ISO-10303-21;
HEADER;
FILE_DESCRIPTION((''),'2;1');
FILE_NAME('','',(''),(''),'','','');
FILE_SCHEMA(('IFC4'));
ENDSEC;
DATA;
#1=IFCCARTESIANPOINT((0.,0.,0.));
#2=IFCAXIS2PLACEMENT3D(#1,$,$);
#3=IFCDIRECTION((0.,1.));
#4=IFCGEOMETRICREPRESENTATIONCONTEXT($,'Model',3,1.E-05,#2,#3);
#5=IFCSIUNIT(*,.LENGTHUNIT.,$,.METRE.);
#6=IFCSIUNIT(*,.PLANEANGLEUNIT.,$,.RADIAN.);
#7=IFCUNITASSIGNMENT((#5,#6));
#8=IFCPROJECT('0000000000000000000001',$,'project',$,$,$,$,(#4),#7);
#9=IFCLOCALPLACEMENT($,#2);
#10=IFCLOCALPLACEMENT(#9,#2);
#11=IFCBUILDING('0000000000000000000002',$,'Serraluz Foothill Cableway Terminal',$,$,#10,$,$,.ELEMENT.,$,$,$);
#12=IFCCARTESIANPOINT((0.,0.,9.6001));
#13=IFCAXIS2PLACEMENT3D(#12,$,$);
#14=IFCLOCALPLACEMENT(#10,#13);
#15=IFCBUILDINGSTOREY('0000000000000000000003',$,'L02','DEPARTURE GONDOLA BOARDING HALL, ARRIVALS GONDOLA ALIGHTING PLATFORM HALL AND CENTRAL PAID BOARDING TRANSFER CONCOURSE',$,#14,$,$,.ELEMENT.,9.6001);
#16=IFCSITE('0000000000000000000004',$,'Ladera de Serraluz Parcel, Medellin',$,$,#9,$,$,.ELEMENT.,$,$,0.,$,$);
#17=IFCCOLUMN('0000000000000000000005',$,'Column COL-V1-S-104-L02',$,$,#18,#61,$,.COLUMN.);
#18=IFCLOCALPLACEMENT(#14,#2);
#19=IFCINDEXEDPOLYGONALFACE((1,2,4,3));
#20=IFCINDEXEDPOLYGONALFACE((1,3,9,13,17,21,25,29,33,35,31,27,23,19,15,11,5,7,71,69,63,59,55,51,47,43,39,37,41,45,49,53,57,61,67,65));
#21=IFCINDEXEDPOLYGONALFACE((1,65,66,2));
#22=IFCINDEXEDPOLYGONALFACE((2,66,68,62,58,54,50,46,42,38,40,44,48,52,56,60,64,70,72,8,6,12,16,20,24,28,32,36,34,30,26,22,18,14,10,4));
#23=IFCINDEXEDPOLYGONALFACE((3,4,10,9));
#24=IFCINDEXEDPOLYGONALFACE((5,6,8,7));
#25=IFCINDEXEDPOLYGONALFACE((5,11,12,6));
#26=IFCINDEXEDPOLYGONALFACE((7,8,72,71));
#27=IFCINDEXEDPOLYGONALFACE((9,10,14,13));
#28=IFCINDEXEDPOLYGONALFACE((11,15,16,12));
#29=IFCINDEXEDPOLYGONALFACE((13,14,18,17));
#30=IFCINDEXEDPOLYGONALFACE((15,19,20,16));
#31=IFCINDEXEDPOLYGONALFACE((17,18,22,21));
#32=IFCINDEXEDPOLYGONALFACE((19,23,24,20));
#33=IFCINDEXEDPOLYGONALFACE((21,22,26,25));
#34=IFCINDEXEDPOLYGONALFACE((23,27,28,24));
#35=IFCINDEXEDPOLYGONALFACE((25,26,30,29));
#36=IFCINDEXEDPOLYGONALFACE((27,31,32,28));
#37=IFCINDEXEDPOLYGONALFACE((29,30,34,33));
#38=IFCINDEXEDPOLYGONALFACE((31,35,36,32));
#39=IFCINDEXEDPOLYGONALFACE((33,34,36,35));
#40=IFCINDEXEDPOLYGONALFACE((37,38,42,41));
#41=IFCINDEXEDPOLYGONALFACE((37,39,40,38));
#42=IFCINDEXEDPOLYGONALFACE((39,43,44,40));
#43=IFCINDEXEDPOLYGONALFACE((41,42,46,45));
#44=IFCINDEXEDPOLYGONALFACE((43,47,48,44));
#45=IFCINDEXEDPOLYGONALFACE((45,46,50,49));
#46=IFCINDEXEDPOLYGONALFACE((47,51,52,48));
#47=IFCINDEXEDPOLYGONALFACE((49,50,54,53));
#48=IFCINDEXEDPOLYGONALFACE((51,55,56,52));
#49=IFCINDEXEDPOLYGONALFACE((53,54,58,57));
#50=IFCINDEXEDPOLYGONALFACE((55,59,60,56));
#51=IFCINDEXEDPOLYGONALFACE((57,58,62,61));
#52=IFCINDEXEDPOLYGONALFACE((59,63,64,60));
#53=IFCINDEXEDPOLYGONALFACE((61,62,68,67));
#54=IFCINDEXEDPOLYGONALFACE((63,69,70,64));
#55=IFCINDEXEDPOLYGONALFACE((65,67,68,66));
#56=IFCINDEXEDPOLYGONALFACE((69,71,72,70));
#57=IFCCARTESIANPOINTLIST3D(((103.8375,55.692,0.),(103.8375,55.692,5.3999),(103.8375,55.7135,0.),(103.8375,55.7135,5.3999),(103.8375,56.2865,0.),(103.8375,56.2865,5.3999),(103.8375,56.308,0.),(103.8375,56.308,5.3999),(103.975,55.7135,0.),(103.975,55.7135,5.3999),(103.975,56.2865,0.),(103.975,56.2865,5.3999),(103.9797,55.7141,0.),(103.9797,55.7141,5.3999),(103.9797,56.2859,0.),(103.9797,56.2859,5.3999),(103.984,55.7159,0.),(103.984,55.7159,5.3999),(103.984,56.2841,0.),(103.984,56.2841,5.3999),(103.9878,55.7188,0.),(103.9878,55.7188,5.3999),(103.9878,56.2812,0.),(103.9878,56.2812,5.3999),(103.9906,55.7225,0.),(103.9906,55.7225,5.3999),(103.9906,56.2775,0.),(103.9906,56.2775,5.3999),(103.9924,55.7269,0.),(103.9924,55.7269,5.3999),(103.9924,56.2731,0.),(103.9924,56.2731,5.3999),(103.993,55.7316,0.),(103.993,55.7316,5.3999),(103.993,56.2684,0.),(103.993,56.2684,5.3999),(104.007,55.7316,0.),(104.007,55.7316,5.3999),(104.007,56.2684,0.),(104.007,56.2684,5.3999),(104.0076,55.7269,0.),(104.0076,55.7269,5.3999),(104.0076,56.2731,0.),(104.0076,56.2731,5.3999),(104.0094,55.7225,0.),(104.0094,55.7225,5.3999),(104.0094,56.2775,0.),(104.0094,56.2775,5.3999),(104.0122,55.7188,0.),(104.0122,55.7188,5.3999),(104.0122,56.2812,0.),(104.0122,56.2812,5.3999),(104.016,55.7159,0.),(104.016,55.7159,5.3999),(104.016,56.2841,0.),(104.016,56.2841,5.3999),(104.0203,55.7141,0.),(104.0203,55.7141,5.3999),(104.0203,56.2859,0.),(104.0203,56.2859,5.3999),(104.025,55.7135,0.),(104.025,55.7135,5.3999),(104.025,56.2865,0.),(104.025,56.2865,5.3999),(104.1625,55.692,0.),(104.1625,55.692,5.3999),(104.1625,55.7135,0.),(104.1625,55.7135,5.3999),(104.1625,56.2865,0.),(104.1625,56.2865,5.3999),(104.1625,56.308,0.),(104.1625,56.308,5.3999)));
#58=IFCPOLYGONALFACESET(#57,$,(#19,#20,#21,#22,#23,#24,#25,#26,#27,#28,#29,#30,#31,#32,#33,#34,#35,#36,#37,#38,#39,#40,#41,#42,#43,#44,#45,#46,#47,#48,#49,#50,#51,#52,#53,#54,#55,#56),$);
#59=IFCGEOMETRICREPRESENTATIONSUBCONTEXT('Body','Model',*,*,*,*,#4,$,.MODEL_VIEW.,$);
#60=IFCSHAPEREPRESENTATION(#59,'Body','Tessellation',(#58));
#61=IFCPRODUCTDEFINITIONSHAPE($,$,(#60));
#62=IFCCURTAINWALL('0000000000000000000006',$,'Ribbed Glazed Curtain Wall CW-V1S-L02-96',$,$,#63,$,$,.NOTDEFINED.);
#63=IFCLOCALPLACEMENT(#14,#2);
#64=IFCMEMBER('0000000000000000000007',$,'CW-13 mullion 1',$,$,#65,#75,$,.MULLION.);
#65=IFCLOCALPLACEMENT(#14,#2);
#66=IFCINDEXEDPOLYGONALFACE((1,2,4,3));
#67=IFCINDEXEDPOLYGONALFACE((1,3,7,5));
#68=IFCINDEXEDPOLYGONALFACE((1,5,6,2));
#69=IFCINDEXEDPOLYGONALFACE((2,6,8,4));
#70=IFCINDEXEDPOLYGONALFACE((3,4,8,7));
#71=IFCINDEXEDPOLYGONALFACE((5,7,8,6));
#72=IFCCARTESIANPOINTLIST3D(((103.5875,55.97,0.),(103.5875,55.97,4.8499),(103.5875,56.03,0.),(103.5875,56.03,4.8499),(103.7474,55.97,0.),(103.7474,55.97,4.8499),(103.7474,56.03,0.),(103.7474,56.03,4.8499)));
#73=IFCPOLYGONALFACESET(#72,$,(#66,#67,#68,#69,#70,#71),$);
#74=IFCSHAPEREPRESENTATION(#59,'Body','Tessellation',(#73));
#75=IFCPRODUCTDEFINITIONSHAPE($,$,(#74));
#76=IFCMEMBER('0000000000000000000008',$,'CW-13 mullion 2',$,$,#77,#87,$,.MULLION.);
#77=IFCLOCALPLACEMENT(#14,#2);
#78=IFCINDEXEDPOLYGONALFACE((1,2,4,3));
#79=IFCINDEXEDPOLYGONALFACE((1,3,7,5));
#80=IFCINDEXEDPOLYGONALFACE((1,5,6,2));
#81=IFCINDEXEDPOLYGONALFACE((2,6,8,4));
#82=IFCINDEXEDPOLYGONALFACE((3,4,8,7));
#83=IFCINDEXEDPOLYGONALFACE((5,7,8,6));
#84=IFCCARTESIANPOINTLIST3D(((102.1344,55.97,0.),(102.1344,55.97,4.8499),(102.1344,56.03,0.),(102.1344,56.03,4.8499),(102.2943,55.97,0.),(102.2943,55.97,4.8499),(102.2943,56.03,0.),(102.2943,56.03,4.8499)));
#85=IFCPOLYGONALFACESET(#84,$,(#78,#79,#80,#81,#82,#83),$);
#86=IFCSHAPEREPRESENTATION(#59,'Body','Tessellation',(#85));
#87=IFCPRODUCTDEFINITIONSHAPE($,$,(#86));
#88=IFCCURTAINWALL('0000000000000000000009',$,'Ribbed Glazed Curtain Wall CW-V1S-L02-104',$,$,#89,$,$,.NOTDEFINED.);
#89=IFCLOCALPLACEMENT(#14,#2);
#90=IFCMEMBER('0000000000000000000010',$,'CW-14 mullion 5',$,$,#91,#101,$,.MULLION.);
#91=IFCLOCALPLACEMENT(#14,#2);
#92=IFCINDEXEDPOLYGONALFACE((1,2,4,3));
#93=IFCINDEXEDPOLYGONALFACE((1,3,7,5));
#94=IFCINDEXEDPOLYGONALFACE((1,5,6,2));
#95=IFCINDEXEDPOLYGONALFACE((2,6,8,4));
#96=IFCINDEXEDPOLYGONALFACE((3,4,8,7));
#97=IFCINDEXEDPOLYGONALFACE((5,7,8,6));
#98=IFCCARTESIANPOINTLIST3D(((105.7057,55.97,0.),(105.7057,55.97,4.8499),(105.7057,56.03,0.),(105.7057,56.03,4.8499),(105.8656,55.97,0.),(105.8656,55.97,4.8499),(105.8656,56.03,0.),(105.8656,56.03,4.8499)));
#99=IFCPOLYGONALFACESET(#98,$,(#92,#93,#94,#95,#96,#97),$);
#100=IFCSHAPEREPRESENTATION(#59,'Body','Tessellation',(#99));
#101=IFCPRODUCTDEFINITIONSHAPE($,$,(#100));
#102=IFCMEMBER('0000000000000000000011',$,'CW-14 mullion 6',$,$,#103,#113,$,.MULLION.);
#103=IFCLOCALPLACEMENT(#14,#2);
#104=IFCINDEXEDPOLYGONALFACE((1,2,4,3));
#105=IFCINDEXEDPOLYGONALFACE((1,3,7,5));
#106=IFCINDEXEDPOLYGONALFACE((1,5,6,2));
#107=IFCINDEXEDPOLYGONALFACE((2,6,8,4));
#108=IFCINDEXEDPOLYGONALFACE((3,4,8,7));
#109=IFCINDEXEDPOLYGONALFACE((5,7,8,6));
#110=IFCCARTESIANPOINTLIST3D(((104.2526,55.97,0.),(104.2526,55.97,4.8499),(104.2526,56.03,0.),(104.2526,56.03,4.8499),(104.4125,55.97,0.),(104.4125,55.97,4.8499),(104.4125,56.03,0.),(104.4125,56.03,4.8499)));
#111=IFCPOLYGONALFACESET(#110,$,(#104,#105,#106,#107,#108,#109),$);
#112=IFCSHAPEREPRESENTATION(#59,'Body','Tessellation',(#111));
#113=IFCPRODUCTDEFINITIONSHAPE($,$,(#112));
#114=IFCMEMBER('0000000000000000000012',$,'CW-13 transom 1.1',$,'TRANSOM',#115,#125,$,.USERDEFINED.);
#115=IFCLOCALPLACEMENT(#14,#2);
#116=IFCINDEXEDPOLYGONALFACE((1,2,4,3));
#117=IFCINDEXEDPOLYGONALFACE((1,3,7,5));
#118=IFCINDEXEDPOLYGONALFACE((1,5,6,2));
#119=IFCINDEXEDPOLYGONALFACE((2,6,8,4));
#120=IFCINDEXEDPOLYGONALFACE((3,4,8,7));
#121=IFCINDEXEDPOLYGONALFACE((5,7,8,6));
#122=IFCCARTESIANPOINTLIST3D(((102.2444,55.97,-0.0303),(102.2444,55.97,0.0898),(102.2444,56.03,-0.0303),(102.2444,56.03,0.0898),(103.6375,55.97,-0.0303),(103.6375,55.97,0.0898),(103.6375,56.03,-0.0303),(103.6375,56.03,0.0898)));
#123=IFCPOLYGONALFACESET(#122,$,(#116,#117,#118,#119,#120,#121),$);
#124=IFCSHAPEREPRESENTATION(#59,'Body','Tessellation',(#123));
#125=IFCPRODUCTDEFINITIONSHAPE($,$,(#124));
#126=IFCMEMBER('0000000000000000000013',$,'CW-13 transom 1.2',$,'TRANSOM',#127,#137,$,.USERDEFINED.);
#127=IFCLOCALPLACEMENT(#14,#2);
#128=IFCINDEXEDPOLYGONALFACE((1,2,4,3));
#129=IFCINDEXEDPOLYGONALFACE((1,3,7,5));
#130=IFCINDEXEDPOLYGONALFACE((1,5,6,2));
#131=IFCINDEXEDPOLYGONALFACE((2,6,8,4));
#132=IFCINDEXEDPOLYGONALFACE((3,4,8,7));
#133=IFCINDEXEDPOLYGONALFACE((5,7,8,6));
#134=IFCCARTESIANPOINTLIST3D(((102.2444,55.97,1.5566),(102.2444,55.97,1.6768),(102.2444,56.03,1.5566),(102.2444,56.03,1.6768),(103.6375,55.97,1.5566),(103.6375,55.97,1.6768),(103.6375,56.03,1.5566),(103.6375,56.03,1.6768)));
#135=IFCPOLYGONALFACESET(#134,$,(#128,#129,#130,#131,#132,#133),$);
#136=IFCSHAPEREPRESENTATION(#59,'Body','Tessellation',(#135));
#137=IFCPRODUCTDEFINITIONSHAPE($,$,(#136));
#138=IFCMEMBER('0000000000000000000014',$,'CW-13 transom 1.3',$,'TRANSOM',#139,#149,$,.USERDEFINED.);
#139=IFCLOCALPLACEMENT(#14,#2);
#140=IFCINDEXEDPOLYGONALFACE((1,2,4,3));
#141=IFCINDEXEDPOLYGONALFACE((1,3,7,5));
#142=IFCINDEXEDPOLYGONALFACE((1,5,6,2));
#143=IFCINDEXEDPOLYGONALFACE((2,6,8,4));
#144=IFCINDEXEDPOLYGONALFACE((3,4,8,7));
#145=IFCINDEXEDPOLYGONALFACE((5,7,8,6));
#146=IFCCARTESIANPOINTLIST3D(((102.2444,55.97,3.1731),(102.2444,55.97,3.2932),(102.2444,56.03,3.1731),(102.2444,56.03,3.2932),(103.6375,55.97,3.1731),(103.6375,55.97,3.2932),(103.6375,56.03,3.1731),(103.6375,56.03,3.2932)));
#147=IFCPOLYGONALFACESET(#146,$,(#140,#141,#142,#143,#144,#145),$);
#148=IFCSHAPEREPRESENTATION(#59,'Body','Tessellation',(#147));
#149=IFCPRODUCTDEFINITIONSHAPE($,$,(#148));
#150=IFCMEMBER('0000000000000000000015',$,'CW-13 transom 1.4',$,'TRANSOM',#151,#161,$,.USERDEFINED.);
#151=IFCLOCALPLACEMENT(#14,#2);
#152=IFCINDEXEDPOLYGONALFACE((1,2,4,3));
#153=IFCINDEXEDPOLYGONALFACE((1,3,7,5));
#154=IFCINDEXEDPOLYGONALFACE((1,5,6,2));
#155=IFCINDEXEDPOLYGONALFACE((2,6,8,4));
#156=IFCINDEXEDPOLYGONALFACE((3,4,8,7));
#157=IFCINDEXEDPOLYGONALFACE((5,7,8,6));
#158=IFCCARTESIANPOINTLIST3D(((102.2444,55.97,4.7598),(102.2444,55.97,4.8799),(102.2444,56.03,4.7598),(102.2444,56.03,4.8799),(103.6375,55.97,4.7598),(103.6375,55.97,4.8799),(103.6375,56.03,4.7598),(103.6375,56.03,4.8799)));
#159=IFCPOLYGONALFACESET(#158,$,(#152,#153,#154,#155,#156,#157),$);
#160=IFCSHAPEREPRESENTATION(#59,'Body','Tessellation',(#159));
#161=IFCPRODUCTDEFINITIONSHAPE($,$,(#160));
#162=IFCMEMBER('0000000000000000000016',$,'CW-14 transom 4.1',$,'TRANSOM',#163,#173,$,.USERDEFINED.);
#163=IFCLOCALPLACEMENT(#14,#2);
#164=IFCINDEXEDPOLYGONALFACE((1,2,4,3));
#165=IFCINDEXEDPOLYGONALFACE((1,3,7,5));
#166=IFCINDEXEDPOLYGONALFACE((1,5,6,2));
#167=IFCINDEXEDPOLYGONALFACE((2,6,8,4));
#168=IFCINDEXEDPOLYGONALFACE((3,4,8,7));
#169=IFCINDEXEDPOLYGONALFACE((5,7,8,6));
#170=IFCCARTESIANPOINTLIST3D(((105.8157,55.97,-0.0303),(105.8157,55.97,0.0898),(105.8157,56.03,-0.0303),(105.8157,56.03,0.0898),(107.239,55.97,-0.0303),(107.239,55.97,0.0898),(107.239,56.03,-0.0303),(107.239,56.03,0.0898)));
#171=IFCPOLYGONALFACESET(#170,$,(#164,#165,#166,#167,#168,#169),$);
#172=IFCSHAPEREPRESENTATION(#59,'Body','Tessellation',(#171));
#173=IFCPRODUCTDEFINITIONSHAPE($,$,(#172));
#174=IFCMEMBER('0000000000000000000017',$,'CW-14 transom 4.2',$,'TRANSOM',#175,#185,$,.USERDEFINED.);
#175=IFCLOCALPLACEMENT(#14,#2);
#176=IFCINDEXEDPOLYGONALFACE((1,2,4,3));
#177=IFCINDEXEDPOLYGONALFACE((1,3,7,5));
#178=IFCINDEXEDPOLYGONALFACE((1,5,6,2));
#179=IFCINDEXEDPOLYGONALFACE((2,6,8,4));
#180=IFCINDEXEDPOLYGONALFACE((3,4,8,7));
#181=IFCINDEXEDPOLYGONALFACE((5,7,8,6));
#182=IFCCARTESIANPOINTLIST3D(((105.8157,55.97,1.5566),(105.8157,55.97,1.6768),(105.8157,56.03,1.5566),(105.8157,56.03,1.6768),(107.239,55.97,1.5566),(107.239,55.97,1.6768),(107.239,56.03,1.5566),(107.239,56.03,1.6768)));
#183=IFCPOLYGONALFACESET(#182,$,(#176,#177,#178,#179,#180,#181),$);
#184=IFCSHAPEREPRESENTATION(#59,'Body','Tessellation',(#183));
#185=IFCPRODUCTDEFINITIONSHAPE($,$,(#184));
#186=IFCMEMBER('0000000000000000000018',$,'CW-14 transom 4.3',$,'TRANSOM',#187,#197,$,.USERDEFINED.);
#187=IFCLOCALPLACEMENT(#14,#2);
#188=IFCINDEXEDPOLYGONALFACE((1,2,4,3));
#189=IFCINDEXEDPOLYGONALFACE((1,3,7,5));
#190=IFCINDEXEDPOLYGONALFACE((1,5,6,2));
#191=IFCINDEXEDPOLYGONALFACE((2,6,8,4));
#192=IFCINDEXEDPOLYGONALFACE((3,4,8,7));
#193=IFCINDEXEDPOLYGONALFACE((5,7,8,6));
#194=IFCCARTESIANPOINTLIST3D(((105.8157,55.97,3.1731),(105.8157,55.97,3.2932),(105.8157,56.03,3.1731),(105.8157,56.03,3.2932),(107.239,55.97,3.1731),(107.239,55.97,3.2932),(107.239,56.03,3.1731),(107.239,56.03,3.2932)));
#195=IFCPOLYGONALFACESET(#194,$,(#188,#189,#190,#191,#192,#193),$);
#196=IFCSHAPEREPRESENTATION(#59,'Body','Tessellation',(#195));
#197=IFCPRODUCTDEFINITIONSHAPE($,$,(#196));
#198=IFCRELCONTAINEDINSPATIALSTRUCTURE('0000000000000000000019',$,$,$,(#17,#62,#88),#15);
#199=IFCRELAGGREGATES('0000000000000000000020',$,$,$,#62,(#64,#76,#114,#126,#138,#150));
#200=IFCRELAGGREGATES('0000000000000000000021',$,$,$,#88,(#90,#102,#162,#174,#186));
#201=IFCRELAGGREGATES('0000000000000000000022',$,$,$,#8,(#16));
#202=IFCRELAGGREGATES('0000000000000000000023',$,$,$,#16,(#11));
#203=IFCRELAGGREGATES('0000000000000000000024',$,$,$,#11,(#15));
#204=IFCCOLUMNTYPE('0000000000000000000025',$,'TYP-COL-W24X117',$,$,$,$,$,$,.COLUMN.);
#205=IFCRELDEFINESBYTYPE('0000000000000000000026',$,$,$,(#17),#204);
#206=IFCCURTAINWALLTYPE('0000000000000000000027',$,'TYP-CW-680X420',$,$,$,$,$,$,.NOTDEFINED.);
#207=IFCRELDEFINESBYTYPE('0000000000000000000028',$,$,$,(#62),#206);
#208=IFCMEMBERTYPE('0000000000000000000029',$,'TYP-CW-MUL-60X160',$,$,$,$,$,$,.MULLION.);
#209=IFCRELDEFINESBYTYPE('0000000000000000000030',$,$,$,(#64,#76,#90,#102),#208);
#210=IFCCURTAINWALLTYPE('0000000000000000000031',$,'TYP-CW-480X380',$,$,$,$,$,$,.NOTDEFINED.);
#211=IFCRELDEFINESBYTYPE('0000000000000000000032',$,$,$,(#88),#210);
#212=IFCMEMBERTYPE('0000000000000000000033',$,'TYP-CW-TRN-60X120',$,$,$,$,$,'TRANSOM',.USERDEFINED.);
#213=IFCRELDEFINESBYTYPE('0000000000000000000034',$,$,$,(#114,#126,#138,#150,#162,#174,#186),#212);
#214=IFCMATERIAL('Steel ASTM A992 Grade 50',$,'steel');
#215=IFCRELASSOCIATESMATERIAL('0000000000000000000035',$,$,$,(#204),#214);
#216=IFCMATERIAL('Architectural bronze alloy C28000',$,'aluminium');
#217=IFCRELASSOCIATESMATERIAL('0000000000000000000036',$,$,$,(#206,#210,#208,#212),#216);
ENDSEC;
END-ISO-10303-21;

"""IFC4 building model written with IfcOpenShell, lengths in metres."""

from ifc_helpers import new_model, si_unit, direction, frame, origin, origin_2d, place, context, subcontext, project, spatial, rectangle, i_section, extrude, material, material_profile, profile_set, type_object, element, aggregate, save


model = new_model("IFC4")

# Units and contexts
model_context = context("Model", 3, precision=1e-05, world=origin(), true_north=direction((0.0, 1.0)))
body_context = subcontext(model_context, "Body", "Model", "MODEL_VIEW")
ifc_project = project(units=[si_unit("LENGTHUNIT", "METRE"), si_unit("PLANEANGLEUNIT", "RADIAN")], contexts=[model_context])

# Site, building, storey
site_placement = place(None, origin())
site = spatial("IfcSite", under=ifc_project, at=site_placement, Name="Ladera de Serraluz Parcel, Medellin", CompositionType="ELEMENT", RefElevation=0.0)
building_placement = place(site_placement, origin())
building = spatial("IfcBuilding", under=site, at=building_placement, Name="Serraluz Foothill Cableway Terminal", CompositionType="ELEMENT")
storey_placement = place(building_placement, frame((0.0, 0.0, 9.6001)))
storey = spatial("IfcBuildingStorey", under=building, at=storey_placement, Name="L02", Description="DEPARTURE GONDOLA BOARDING HALL, ARRIVALS GONDOLA ALIGHTING PLATFORM HALL AND CENTRAL PAID BOARDING TRANSFER CONCOURSE", CompositionType="ELEMENT", Elevation=9.6001)

# Column
ifc_material_1 = material(Name="Steel ASTM A992 Grade 50", Category="steel")
ifc_material_profile_1 = material_profile(ifc_material_1, i_section(OverallWidth=0.325, OverallDepth=0.616, WebThickness=0.0139, FlangeThickness=0.0215, FilletRadius=0.0181, at=origin_2d()), Name="W24X117")
ifc_profile_set_1 = profile_set([ifc_material_profile_1], Name="Steel ASTM A992 Grade 50")
column_type = type_object("IfcColumnType", Name="TYP-COL-W24X117", PredefinedType="COLUMN", material=ifc_profile_set_1)
column_placement = place(storey_placement, frame((104.0, 56.0, 0.0), z_axis=(0.0, 0.0, 1.0), x_axis=(1.0, 0.0, 0.0)))
element("IfcColumn", 1, at=column_placement, inside=storey, type_object=column_type, Name="Column COL-V1-S-104-L02", PredefinedType="COLUMN", context=body_context, shape_type="SweptSolid", body=[
    extrude(i_section(OverallWidth=0.325, OverallDepth=0.616, WebThickness=0.0139, FlangeThickness=0.0215, FilletRadius=0.0181, at=origin_2d()), origin(), (0.0, 0.0, 1.0), 5.3999),
])

# Curtain walls, members
ifc_material_2 = material(Name="Architectural bronze alloy C28000", Category="aluminium")
curtain_wall_type_1 = type_object("IfcCurtainWallType", Name="TYP-CW-680X420", PredefinedType="NOTDEFINED", material=ifc_material_2)
curtain_wall_1_placement = place(storey_placement, origin())
curtain_wall_1 = element("IfcCurtainWall", 2, at=curtain_wall_1_placement, inside=storey, type_object=curtain_wall_type_1, Name="Ribbed Glazed Curtain Wall CW-V1S-L02-96", PredefinedType="NOTDEFINED")
ifc_material_profile_2 = material_profile(ifc_material_2, rectangle(XDim=0.0601, YDim=0.1599, at=origin_2d()), Name="ALU MULLION 60x160")
ifc_profile_set_2 = profile_set([ifc_material_profile_2], Name="Architectural bronze alloy C28000")
member_type_1 = type_object("IfcMemberType", Name="TYP-CW-MUL-60X160", PredefinedType="MULLION", material=ifc_profile_set_2)
member_1_placement = place(storey_placement, frame((103.6675, 56.0, 0.0), z_axis=(0.0, 0.0, 1.0), x_axis=(0.0, -1.0, 0.0)))
member_1 = element("IfcMember", 3, at=member_1_placement, type_object=member_type_1, Name="CW-13 mullion 1", PredefinedType="MULLION", context=body_context, shape_type="SweptSolid", body=[
    extrude(rectangle(XDim=0.0601, YDim=0.1599, at=origin_2d()), origin(), (0.0, 0.0, 1.0), 4.8499),
])
member_2_placement = place(storey_placement, frame((102.2144, 56.0, 0.0), z_axis=(0.0, 0.0, 1.0), x_axis=(0.0, -1.0, 0.0)))
member_2 = element("IfcMember", 4, at=member_2_placement, type_object=member_type_1, Name="CW-13 mullion 2", PredefinedType="MULLION", context=body_context, shape_type="SweptSolid", body=[
    extrude(rectangle(XDim=0.0601, YDim=0.1599, at=origin_2d()), origin(), (0.0, 0.0, 1.0), 4.8499),
])
curtain_wall_type_2 = type_object("IfcCurtainWallType", Name="TYP-CW-480X380", PredefinedType="NOTDEFINED", material=ifc_material_2)
curtain_wall_2_placement = place(storey_placement, origin())
curtain_wall_2 = element("IfcCurtainWall", 5, at=curtain_wall_2_placement, inside=storey, type_object=curtain_wall_type_2, Name="Ribbed Glazed Curtain Wall CW-V1S-L02-104", PredefinedType="NOTDEFINED")
member_3_placement = place(storey_placement, frame((105.7856, 56.0, 0.0), z_axis=(0.0, 0.0, 1.0), x_axis=(0.0, -1.0, 0.0)))
member_3 = element("IfcMember", 6, at=member_3_placement, type_object=member_type_1, Name="CW-14 mullion 5", PredefinedType="MULLION", context=body_context, shape_type="SweptSolid", body=[
    extrude(rectangle(XDim=0.0601, YDim=0.1599, at=origin_2d()), origin(), (0.0, 0.0, 1.0), 4.8499),
])
member_4_placement = place(storey_placement, frame((104.3325, 56.0, 0.0), z_axis=(0.0, 0.0, 1.0), x_axis=(0.0, -1.0, 0.0)))
member_4 = element("IfcMember", 7, at=member_4_placement, type_object=member_type_1, Name="CW-14 mullion 6", PredefinedType="MULLION", context=body_context, shape_type="SweptSolid", body=[
    extrude(rectangle(XDim=0.0601, YDim=0.1599, at=origin_2d()), origin(), (0.0, 0.0, 1.0), 4.8499),
])

# Members
ifc_material_profile_3 = material_profile(ifc_material_2, rectangle(XDim=0.0601, YDim=0.1201, at=origin_2d()), Name="ALU TRANSOM 60x120")
ifc_profile_set_3 = profile_set([ifc_material_profile_3], Name="Architectural bronze alloy C28000")
member_type_2 = type_object("IfcMemberType", Name="TYP-CW-TRN-60X120", ElementType="TRANSOM", PredefinedType="USERDEFINED", material=ifc_profile_set_3)
member_5_placement = place(storey_placement, frame((103.6375, 56.0, 0.0298), z_axis=(-1.0, 0.0, 0.0), x_axis=(0.0, -1.0, 0.0)))
member_5 = element("IfcMember", 8, at=member_5_placement, type_object=member_type_2, Name="CW-13 transom 1.1", ObjectType="TRANSOM", PredefinedType="USERDEFINED", context=body_context, shape_type="SweptSolid", body=[
    extrude(rectangle(XDim=0.0601, YDim=0.1201, at=origin_2d()), origin(), (0.0, 0.0, 1.0), 1.3931),
])
member_6_placement = place(storey_placement, frame((103.6375, 56.0, 1.6167), z_axis=(-1.0, 0.0, 0.0), x_axis=(0.0, -1.0, 0.0)))
member_6 = element("IfcMember", 9, at=member_6_placement, type_object=member_type_2, Name="CW-13 transom 1.2", ObjectType="TRANSOM", PredefinedType="USERDEFINED", context=body_context, shape_type="SweptSolid", body=[
    extrude(rectangle(XDim=0.0601, YDim=0.1201, at=origin_2d()), origin(), (0.0, 0.0, 1.0), 1.3931),
])
member_7_placement = place(storey_placement, frame((103.6375, 56.0, 3.2332), z_axis=(-1.0, 0.0, 0.0), x_axis=(0.0, -1.0, 0.0)))
member_7 = element("IfcMember", 10, at=member_7_placement, type_object=member_type_2, Name="CW-13 transom 1.3", ObjectType="TRANSOM", PredefinedType="USERDEFINED", context=body_context, shape_type="SweptSolid", body=[
    extrude(rectangle(XDim=0.0601, YDim=0.1201, at=origin_2d()), origin(), (0.0, 0.0, 1.0), 1.3931),
])
member_8_placement = place(storey_placement, frame((103.6375, 56.0, 4.8198), z_axis=(-1.0, 0.0, 0.0), x_axis=(0.0, -1.0, 0.0)))
member_8 = element("IfcMember", 11, at=member_8_placement, type_object=member_type_2, Name="CW-13 transom 1.4", ObjectType="TRANSOM", PredefinedType="USERDEFINED", context=body_context, shape_type="SweptSolid", body=[
    extrude(rectangle(XDim=0.0601, YDim=0.1201, at=origin_2d()), origin(), (0.0, 0.0, 1.0), 1.3931),
])
member_9_placement = place(storey_placement, frame((107.239, 56.0, 0.0298), z_axis=(-1.0, 0.0, 0.0), x_axis=(0.0, -1.0, 0.0)))
member_9 = element("IfcMember", 12, at=member_9_placement, type_object=member_type_2, Name="CW-14 transom 4.1", ObjectType="TRANSOM", PredefinedType="USERDEFINED", context=body_context, shape_type="SweptSolid", body=[
    extrude(rectangle(XDim=0.0601, YDim=0.1201, at=origin_2d()), origin(), (0.0, 0.0, 1.0), 1.4233),
])
member_10_placement = place(storey_placement, frame((107.239, 56.0, 1.6167), z_axis=(-1.0, 0.0, 0.0), x_axis=(0.0, -1.0, 0.0)))
member_10 = element("IfcMember", 13, at=member_10_placement, type_object=member_type_2, Name="CW-14 transom 4.2", ObjectType="TRANSOM", PredefinedType="USERDEFINED", context=body_context, shape_type="SweptSolid", body=[
    extrude(rectangle(XDim=0.0601, YDim=0.1201, at=origin_2d()), origin(), (0.0, 0.0, 1.0), 1.4233),
])
member_11_placement = place(storey_placement, frame((107.239, 56.0, 3.2332), z_axis=(-1.0, 0.0, 0.0), x_axis=(0.0, -1.0, 0.0)))
member_11 = element("IfcMember", 14, at=member_11_placement, type_object=member_type_2, Name="CW-14 transom 4.3", ObjectType="TRANSOM", PredefinedType="USERDEFINED", context=body_context, shape_type="SweptSolid", body=[
    extrude(rectangle(XDim=0.0601, YDim=0.1201, at=origin_2d()), origin(), (0.0, 0.0, 1.0), 1.4233),
])

aggregate(curtain_wall_1, [member_1, member_2, member_5, member_6, member_7, member_8])
aggregate(curtain_wall_2, [member_3, member_4, member_9, member_10, member_11])

save(model, "model.ifc")
